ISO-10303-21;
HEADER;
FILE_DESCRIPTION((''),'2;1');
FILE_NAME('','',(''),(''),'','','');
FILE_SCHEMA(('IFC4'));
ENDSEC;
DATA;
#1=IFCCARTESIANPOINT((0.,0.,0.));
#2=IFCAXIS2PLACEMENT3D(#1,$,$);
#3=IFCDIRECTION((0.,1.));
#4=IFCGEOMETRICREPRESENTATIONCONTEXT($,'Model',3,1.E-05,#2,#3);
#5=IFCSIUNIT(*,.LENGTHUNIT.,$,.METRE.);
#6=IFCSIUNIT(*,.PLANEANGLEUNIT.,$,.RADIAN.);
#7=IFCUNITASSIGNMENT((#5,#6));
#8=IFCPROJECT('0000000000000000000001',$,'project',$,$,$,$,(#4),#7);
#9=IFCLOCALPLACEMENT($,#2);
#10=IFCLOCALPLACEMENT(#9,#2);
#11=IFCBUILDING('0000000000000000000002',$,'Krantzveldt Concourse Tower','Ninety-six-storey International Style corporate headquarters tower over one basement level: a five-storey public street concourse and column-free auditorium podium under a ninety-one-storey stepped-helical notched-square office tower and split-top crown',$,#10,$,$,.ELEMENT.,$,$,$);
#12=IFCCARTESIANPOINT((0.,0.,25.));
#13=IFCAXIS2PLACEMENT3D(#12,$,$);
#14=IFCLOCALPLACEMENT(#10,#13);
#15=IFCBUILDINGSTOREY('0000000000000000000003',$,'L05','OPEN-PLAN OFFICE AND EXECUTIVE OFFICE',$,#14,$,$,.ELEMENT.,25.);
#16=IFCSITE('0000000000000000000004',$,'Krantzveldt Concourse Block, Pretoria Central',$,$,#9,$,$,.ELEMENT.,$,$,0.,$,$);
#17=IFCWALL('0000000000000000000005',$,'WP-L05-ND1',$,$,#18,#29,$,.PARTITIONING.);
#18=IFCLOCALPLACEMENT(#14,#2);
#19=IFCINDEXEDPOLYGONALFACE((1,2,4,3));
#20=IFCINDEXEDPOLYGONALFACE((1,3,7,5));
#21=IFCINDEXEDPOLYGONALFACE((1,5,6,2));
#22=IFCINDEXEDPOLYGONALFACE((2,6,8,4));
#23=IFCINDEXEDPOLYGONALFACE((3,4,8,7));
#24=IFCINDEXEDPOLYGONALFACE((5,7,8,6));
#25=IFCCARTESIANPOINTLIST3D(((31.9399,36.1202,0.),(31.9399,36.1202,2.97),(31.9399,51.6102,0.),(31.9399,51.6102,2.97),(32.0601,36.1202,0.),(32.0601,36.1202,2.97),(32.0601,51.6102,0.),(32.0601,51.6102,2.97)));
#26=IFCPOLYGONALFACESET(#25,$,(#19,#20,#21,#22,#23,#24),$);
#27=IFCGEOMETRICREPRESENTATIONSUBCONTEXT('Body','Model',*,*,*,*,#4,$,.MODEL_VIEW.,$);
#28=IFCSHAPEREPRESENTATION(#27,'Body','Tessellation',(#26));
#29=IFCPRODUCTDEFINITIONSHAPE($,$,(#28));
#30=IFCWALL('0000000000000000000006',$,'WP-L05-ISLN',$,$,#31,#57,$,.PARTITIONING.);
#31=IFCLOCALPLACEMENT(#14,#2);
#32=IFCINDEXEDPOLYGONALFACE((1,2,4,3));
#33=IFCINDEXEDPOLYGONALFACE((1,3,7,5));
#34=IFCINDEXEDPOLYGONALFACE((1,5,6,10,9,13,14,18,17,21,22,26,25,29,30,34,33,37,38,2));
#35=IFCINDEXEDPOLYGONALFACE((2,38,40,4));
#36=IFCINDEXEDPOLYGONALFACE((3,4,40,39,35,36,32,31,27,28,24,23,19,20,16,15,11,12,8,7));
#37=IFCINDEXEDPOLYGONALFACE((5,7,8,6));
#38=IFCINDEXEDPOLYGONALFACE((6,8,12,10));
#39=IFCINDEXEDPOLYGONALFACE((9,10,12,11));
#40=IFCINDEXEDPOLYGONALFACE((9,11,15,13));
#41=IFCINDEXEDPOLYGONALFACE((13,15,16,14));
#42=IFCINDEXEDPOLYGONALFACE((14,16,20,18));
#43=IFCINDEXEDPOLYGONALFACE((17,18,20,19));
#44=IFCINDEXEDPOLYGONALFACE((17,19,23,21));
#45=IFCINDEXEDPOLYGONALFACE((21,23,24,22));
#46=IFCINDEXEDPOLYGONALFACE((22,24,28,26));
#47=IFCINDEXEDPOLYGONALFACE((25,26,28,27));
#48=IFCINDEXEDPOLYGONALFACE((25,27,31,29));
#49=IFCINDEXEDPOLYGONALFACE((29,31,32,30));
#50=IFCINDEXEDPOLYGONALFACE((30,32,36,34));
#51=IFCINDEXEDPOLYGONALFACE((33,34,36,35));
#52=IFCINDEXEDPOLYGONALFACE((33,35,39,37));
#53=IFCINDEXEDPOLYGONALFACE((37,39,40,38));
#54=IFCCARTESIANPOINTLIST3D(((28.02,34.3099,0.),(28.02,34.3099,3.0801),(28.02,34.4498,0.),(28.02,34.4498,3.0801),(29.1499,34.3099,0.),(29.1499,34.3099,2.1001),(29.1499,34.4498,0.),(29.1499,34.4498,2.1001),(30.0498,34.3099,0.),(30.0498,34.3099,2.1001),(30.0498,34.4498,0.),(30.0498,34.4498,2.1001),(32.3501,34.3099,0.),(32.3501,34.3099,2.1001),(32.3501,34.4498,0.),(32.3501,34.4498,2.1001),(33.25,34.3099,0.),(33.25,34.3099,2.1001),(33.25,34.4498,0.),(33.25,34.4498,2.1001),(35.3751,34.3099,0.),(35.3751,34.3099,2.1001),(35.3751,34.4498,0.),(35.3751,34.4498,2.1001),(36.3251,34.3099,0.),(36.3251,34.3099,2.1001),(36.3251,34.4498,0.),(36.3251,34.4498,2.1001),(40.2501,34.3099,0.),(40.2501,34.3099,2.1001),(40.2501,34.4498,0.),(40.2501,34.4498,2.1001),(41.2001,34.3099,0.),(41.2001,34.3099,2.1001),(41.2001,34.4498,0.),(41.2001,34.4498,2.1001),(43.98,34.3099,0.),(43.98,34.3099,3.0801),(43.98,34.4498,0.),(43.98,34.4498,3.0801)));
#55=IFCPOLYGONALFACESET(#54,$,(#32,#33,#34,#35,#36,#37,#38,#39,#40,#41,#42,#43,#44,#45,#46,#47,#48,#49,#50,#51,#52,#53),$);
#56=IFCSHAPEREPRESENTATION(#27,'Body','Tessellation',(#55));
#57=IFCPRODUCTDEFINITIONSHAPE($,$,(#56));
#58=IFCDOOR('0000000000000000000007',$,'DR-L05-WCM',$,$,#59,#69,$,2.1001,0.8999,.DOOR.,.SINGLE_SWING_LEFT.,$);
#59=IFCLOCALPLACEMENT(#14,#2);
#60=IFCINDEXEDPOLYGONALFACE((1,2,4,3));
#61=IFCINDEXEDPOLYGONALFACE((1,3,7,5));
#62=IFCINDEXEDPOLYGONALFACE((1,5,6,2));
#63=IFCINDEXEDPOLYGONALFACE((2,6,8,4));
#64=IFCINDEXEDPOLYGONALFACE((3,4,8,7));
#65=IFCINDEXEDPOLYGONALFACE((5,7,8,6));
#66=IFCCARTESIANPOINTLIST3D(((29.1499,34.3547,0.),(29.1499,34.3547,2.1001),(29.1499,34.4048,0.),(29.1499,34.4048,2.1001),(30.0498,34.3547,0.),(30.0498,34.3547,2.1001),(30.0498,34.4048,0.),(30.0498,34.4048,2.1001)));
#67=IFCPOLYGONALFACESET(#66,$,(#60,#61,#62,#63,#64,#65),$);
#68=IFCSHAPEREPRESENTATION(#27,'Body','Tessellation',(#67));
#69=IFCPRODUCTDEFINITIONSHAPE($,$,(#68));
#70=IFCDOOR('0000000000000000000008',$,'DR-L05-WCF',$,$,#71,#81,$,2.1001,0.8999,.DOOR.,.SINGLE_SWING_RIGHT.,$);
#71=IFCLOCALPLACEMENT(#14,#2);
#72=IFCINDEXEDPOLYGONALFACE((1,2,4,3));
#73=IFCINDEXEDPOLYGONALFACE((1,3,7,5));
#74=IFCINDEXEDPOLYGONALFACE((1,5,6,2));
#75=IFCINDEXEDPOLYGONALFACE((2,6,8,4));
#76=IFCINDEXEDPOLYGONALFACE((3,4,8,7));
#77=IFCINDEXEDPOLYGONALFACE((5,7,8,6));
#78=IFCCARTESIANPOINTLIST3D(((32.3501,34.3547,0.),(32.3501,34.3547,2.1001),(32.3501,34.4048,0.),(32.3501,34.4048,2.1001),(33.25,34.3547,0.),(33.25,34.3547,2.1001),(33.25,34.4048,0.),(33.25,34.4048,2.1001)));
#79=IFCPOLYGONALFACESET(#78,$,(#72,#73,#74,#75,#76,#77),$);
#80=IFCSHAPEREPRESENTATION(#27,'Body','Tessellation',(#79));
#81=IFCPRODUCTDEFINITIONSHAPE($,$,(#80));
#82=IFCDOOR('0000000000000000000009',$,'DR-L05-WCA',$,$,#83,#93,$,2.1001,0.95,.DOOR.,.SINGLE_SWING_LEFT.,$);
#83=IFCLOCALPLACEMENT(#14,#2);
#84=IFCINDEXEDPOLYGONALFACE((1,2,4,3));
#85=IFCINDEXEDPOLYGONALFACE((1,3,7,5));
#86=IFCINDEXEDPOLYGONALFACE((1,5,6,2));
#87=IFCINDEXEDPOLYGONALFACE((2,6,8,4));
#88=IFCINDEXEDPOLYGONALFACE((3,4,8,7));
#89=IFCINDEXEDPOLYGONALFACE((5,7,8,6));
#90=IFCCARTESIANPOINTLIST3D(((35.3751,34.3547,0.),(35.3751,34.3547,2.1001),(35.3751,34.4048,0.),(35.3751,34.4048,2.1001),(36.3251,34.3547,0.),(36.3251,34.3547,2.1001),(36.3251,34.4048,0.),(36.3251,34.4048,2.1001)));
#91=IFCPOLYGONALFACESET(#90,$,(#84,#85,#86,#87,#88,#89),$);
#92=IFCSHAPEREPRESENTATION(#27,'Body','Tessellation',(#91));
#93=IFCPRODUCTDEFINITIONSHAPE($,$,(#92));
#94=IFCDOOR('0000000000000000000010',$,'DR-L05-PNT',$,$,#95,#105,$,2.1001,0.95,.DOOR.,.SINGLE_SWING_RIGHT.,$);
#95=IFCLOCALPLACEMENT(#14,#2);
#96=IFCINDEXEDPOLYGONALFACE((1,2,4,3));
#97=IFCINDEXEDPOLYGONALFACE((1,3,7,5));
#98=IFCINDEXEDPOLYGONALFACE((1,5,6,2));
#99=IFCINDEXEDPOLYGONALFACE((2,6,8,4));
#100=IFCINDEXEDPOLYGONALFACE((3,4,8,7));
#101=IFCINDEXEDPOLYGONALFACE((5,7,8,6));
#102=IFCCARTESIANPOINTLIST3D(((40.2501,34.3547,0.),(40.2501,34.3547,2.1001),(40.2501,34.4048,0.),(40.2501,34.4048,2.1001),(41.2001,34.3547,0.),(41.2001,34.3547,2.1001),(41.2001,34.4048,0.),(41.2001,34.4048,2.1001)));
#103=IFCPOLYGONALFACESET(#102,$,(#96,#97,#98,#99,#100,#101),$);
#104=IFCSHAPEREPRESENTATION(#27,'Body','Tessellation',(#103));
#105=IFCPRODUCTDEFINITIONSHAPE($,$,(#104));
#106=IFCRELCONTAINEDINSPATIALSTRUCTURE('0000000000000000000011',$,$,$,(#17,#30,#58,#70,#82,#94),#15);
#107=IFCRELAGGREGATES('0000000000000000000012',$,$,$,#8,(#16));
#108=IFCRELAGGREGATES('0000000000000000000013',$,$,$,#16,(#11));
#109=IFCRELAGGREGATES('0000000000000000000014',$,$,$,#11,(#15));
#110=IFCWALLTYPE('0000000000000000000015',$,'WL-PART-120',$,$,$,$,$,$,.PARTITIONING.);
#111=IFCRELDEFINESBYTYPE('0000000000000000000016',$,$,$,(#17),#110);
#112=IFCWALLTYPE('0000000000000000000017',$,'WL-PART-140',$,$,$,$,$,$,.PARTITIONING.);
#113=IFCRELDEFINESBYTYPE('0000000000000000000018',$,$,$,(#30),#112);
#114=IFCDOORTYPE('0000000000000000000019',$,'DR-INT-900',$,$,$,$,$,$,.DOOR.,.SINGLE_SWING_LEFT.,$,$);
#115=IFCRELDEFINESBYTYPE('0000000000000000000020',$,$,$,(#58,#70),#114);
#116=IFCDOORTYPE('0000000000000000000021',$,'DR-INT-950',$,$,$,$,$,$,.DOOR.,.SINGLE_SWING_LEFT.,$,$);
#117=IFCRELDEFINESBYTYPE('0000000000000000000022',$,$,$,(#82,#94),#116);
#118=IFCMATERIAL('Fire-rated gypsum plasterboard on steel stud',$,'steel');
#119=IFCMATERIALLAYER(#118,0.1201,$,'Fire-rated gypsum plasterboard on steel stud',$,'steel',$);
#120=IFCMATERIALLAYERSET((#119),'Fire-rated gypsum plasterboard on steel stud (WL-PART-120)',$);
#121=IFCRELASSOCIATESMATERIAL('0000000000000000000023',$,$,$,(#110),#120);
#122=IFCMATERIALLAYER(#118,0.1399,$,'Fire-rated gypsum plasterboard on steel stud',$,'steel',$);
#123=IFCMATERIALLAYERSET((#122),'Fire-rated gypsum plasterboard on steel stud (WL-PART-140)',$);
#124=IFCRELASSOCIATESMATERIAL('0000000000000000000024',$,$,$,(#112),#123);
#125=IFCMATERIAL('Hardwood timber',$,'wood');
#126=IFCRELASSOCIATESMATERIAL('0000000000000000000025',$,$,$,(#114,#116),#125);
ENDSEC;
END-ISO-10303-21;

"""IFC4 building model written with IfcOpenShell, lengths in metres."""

from ifc_helpers import new_model, si_unit, direction, frame, frame_2d, origin, place, context, subcontext, project, spatial, rectangle, extrude, material, layer, layer_set, type_object, element, fill, save


model = new_model("IFC4")

# Units and contexts
model_context = context("Model", 3, precision=1e-05, world=origin(), true_north=direction((0.0, 1.0)))
body_context = subcontext(model_context, "Body", "Model", "MODEL_VIEW")
ifc_project = project(units=[si_unit("LENGTHUNIT", "METRE"), si_unit("PLANEANGLEUNIT", "RADIAN")], contexts=[model_context])

# Site, building, storey
site_placement = place(None, origin())
site = spatial("IfcSite", under=ifc_project, at=site_placement, Name="Krantzveldt Concourse Block, Pretoria Central", CompositionType="ELEMENT", RefElevation=0.0)
building_placement = place(site_placement, origin())
building = spatial("IfcBuilding", under=site, at=building_placement, Name="Krantzveldt Concourse Tower", Description="Ninety-six-storey International Style corporate headquarters tower over one basement level: a five-storey public street concourse and column-free auditorium podium under a ninety-one-storey stepped-helical notched-square office tower and split-top crown", CompositionType="ELEMENT")
storey_placement = place(building_placement, frame((0.0, 0.0, 25.0)))
storey = spatial("IfcBuildingStorey", under=building, at=storey_placement, Name="L05", Description="OPEN-PLAN OFFICE AND EXECUTIVE OFFICE", CompositionType="ELEMENT", Elevation=25.0)

# Wall
ifc_material_1 = material(Name="Fire-rated gypsum plasterboard on steel stud", Category="steel")
ifc_layer_1 = layer(ifc_material_1, 0.1201, Name="Fire-rated gypsum plasterboard on steel stud", Category="steel")
ifc_layer_set_1 = layer_set([ifc_layer_1], Name="Fire-rated gypsum plasterboard on steel stud (WL-PART-120)")
wall_type_1 = type_object("IfcWallType", Name="WL-PART-120", PredefinedType="PARTITIONING", material=ifc_layer_set_1)
wall_1_placement = place(storey_placement, frame((32.0, 36.1201, 0.0), z_axis=(0.0, 0.0, 1.0), x_axis=(0.0, 1.0, 0.0)))
element("IfcWall", 1, at=wall_1_placement, inside=storey, type_object=wall_type_1, Name="WP-L05-ND1", PredefinedType="PARTITIONING", context=body_context, shape_type="SweptSolid", body=[
    extrude(rectangle(XDim=15.49, YDim=0.1201, at=frame_2d((7.7451, 0.0))), origin(), (0.0, 0.0, 1.0), 2.97),
])

# Wall, openings, doors
ifc_layer_2 = layer(ifc_material_1, 0.1399, Name="Fire-rated gypsum plasterboard on steel stud", Category="steel")
ifc_layer_set_2 = layer_set([ifc_layer_2], Name="Fire-rated gypsum plasterboard on steel stud (WL-PART-140)")
wall_type_2 = type_object("IfcWallType", Name="WL-PART-140", PredefinedType="PARTITIONING", material=ifc_layer_set_2)
wall_2_placement = place(storey_placement, frame((28.02, 34.3799, 0.0), z_axis=(0.0, 0.0, 1.0), x_axis=(1.0, 0.0, 0.0)))
wall_2 = element("IfcWall", 2, at=wall_2_placement, inside=storey, type_object=wall_type_2, Name="WP-L05-ISLN", PredefinedType="PARTITIONING", context=body_context, shape_type="SweptSolid", body=[
    extrude(rectangle(XDim=15.96, YDim=0.1399, at=frame_2d((7.98, 0.0))), origin(), (0.0, 0.0, 1.0), 3.0801),
])
opening_1_placement = place(wall_2_placement, frame((1.1299, 0.0, 0.0)))
opening_1 = element("IfcOpeningElement", 3, at=opening_1_placement, cuts=wall_2, PredefinedType="OPENING", context=body_context, shape_type="SweptSolid", body=[
    extrude(rectangle(XDim=0.8999, YDim=2.1001, at=frame_2d((0.45, 1.05))), frame((0.0, 0.0801, 0.0), z_axis=(0.0, -1.0, 0.0), x_axis=(1.0, 0.0, 0.0)), (0.0, 0.0, 1.0), 0.1599),
])
opening_2_placement = place(wall_2_placement, frame((4.3301, 0.0, 0.0)))
opening_2 = element("IfcOpeningElement", 4, at=opening_2_placement, cuts=wall_2, PredefinedType="OPENING", context=body_context, shape_type="SweptSolid", body=[
    extrude(rectangle(XDim=0.8999, YDim=2.1001, at=frame_2d((0.45, 1.05))), frame((0.0, 0.0801, 0.0), z_axis=(0.0, -1.0, 0.0), x_axis=(1.0, 0.0, 0.0)), (0.0, 0.0, 1.0), 0.1599),
])
opening_3_placement = place(wall_2_placement, frame((7.355, 0.0, 0.0)))
opening_3 = element("IfcOpeningElement", 5, at=opening_3_placement, cuts=wall_2, PredefinedType="OPENING", context=body_context, shape_type="SweptSolid", body=[
    extrude(rectangle(XDim=0.95, YDim=2.1001, at=frame_2d((0.4751, 1.05))), frame((0.0, 0.0801, 0.0), z_axis=(0.0, -1.0, 0.0), x_axis=(1.0, 0.0, 0.0)), (0.0, 0.0, 1.0), 0.1599),
])
opening_4_placement = place(wall_2_placement, frame((12.23, 0.0, 0.0)))
opening_4 = element("IfcOpeningElement", 6, at=opening_4_placement, cuts=wall_2, PredefinedType="OPENING", context=body_context, shape_type="SweptSolid", body=[
    extrude(rectangle(XDim=0.95, YDim=2.1001, at=frame_2d((0.4751, 1.05))), frame((0.0, 0.0801, 0.0), z_axis=(0.0, -1.0, 0.0), x_axis=(1.0, 0.0, 0.0)), (0.0, 0.0, 1.0), 0.1599),
])
ifc_material_2 = material(Name="Hardwood timber", Category="wood")
door_type_1 = type_object("IfcDoorType", Name="DR-INT-900", OperationType="SINGLE_SWING_LEFT", PredefinedType="DOOR", material=ifc_material_2)
door_1_placement = place(opening_1_placement, origin())
door_1 = element("IfcDoor", 7, at=door_1_placement, inside=storey, type_object=door_type_1, Name="DR-L05-WCM", OperationType="SINGLE_SWING_LEFT", OverallHeight=2.1001, OverallWidth=0.8999, PredefinedType="DOOR", context=body_context, shape_type="SweptSolid", body=[
    extrude(rectangle(XDim=0.8999, YDim=2.1001, at=frame_2d((0.45, 1.05))), frame((0.0, 0.0249, 0.0), z_axis=(0.0, -1.0, 0.0), x_axis=(1.0, 0.0, 0.0)), (0.0, 0.0, 1.0), 0.05),
])
fill(opening_1, door_1)
door_2_placement = place(opening_2_placement, origin())
door_2 = element("IfcDoor", 8, at=door_2_placement, inside=storey, type_object=door_type_1, Name="DR-L05-WCF", OperationType="SINGLE_SWING_RIGHT", OverallHeight=2.1001, OverallWidth=0.8999, PredefinedType="DOOR", context=body_context, shape_type="SweptSolid", body=[
    extrude(rectangle(XDim=0.8999, YDim=2.1001, at=frame_2d((0.45, 1.05))), frame((0.0, 0.0249, 0.0), z_axis=(0.0, -1.0, 0.0), x_axis=(1.0, 0.0, 0.0)), (0.0, 0.0, 1.0), 0.05),
])
fill(opening_2, door_2)
door_type_2 = type_object("IfcDoorType", Name="DR-INT-950", OperationType="SINGLE_SWING_LEFT", PredefinedType="DOOR", material=ifc_material_2)
door_3_placement = place(opening_3_placement, origin())
door_3 = element("IfcDoor", 9, at=door_3_placement, inside=storey, type_object=door_type_2, Name="DR-L05-WCA", OperationType="SINGLE_SWING_LEFT", OverallHeight=2.1001, OverallWidth=0.95, PredefinedType="DOOR", context=body_context, shape_type="SweptSolid", body=[
    extrude(rectangle(XDim=0.95, YDim=2.1001, at=frame_2d((0.4751, 1.05))), frame((0.0, 0.0249, 0.0), z_axis=(0.0, -1.0, 0.0), x_axis=(1.0, 0.0, 0.0)), (0.0, 0.0, 1.0), 0.05),
])
fill(opening_3, door_3)
door_4_placement = place(opening_4_placement, origin())
door_4 = element("IfcDoor", 10, at=door_4_placement, inside=storey, type_object=door_type_2, Name="DR-L05-PNT", OperationType="SINGLE_SWING_RIGHT", OverallHeight=2.1001, OverallWidth=0.95, PredefinedType="DOOR", context=body_context, shape_type="SweptSolid", body=[
    extrude(rectangle(XDim=0.95, YDim=2.1001, at=frame_2d((0.4751, 1.05))), frame((0.0, 0.0249, 0.0), z_axis=(0.0, -1.0, 0.0), x_axis=(1.0, 0.0, 0.0)), (0.0, 0.0, 1.0), 0.05),
])
fill(opening_4, door_4)

save(model, "model.ifc")
